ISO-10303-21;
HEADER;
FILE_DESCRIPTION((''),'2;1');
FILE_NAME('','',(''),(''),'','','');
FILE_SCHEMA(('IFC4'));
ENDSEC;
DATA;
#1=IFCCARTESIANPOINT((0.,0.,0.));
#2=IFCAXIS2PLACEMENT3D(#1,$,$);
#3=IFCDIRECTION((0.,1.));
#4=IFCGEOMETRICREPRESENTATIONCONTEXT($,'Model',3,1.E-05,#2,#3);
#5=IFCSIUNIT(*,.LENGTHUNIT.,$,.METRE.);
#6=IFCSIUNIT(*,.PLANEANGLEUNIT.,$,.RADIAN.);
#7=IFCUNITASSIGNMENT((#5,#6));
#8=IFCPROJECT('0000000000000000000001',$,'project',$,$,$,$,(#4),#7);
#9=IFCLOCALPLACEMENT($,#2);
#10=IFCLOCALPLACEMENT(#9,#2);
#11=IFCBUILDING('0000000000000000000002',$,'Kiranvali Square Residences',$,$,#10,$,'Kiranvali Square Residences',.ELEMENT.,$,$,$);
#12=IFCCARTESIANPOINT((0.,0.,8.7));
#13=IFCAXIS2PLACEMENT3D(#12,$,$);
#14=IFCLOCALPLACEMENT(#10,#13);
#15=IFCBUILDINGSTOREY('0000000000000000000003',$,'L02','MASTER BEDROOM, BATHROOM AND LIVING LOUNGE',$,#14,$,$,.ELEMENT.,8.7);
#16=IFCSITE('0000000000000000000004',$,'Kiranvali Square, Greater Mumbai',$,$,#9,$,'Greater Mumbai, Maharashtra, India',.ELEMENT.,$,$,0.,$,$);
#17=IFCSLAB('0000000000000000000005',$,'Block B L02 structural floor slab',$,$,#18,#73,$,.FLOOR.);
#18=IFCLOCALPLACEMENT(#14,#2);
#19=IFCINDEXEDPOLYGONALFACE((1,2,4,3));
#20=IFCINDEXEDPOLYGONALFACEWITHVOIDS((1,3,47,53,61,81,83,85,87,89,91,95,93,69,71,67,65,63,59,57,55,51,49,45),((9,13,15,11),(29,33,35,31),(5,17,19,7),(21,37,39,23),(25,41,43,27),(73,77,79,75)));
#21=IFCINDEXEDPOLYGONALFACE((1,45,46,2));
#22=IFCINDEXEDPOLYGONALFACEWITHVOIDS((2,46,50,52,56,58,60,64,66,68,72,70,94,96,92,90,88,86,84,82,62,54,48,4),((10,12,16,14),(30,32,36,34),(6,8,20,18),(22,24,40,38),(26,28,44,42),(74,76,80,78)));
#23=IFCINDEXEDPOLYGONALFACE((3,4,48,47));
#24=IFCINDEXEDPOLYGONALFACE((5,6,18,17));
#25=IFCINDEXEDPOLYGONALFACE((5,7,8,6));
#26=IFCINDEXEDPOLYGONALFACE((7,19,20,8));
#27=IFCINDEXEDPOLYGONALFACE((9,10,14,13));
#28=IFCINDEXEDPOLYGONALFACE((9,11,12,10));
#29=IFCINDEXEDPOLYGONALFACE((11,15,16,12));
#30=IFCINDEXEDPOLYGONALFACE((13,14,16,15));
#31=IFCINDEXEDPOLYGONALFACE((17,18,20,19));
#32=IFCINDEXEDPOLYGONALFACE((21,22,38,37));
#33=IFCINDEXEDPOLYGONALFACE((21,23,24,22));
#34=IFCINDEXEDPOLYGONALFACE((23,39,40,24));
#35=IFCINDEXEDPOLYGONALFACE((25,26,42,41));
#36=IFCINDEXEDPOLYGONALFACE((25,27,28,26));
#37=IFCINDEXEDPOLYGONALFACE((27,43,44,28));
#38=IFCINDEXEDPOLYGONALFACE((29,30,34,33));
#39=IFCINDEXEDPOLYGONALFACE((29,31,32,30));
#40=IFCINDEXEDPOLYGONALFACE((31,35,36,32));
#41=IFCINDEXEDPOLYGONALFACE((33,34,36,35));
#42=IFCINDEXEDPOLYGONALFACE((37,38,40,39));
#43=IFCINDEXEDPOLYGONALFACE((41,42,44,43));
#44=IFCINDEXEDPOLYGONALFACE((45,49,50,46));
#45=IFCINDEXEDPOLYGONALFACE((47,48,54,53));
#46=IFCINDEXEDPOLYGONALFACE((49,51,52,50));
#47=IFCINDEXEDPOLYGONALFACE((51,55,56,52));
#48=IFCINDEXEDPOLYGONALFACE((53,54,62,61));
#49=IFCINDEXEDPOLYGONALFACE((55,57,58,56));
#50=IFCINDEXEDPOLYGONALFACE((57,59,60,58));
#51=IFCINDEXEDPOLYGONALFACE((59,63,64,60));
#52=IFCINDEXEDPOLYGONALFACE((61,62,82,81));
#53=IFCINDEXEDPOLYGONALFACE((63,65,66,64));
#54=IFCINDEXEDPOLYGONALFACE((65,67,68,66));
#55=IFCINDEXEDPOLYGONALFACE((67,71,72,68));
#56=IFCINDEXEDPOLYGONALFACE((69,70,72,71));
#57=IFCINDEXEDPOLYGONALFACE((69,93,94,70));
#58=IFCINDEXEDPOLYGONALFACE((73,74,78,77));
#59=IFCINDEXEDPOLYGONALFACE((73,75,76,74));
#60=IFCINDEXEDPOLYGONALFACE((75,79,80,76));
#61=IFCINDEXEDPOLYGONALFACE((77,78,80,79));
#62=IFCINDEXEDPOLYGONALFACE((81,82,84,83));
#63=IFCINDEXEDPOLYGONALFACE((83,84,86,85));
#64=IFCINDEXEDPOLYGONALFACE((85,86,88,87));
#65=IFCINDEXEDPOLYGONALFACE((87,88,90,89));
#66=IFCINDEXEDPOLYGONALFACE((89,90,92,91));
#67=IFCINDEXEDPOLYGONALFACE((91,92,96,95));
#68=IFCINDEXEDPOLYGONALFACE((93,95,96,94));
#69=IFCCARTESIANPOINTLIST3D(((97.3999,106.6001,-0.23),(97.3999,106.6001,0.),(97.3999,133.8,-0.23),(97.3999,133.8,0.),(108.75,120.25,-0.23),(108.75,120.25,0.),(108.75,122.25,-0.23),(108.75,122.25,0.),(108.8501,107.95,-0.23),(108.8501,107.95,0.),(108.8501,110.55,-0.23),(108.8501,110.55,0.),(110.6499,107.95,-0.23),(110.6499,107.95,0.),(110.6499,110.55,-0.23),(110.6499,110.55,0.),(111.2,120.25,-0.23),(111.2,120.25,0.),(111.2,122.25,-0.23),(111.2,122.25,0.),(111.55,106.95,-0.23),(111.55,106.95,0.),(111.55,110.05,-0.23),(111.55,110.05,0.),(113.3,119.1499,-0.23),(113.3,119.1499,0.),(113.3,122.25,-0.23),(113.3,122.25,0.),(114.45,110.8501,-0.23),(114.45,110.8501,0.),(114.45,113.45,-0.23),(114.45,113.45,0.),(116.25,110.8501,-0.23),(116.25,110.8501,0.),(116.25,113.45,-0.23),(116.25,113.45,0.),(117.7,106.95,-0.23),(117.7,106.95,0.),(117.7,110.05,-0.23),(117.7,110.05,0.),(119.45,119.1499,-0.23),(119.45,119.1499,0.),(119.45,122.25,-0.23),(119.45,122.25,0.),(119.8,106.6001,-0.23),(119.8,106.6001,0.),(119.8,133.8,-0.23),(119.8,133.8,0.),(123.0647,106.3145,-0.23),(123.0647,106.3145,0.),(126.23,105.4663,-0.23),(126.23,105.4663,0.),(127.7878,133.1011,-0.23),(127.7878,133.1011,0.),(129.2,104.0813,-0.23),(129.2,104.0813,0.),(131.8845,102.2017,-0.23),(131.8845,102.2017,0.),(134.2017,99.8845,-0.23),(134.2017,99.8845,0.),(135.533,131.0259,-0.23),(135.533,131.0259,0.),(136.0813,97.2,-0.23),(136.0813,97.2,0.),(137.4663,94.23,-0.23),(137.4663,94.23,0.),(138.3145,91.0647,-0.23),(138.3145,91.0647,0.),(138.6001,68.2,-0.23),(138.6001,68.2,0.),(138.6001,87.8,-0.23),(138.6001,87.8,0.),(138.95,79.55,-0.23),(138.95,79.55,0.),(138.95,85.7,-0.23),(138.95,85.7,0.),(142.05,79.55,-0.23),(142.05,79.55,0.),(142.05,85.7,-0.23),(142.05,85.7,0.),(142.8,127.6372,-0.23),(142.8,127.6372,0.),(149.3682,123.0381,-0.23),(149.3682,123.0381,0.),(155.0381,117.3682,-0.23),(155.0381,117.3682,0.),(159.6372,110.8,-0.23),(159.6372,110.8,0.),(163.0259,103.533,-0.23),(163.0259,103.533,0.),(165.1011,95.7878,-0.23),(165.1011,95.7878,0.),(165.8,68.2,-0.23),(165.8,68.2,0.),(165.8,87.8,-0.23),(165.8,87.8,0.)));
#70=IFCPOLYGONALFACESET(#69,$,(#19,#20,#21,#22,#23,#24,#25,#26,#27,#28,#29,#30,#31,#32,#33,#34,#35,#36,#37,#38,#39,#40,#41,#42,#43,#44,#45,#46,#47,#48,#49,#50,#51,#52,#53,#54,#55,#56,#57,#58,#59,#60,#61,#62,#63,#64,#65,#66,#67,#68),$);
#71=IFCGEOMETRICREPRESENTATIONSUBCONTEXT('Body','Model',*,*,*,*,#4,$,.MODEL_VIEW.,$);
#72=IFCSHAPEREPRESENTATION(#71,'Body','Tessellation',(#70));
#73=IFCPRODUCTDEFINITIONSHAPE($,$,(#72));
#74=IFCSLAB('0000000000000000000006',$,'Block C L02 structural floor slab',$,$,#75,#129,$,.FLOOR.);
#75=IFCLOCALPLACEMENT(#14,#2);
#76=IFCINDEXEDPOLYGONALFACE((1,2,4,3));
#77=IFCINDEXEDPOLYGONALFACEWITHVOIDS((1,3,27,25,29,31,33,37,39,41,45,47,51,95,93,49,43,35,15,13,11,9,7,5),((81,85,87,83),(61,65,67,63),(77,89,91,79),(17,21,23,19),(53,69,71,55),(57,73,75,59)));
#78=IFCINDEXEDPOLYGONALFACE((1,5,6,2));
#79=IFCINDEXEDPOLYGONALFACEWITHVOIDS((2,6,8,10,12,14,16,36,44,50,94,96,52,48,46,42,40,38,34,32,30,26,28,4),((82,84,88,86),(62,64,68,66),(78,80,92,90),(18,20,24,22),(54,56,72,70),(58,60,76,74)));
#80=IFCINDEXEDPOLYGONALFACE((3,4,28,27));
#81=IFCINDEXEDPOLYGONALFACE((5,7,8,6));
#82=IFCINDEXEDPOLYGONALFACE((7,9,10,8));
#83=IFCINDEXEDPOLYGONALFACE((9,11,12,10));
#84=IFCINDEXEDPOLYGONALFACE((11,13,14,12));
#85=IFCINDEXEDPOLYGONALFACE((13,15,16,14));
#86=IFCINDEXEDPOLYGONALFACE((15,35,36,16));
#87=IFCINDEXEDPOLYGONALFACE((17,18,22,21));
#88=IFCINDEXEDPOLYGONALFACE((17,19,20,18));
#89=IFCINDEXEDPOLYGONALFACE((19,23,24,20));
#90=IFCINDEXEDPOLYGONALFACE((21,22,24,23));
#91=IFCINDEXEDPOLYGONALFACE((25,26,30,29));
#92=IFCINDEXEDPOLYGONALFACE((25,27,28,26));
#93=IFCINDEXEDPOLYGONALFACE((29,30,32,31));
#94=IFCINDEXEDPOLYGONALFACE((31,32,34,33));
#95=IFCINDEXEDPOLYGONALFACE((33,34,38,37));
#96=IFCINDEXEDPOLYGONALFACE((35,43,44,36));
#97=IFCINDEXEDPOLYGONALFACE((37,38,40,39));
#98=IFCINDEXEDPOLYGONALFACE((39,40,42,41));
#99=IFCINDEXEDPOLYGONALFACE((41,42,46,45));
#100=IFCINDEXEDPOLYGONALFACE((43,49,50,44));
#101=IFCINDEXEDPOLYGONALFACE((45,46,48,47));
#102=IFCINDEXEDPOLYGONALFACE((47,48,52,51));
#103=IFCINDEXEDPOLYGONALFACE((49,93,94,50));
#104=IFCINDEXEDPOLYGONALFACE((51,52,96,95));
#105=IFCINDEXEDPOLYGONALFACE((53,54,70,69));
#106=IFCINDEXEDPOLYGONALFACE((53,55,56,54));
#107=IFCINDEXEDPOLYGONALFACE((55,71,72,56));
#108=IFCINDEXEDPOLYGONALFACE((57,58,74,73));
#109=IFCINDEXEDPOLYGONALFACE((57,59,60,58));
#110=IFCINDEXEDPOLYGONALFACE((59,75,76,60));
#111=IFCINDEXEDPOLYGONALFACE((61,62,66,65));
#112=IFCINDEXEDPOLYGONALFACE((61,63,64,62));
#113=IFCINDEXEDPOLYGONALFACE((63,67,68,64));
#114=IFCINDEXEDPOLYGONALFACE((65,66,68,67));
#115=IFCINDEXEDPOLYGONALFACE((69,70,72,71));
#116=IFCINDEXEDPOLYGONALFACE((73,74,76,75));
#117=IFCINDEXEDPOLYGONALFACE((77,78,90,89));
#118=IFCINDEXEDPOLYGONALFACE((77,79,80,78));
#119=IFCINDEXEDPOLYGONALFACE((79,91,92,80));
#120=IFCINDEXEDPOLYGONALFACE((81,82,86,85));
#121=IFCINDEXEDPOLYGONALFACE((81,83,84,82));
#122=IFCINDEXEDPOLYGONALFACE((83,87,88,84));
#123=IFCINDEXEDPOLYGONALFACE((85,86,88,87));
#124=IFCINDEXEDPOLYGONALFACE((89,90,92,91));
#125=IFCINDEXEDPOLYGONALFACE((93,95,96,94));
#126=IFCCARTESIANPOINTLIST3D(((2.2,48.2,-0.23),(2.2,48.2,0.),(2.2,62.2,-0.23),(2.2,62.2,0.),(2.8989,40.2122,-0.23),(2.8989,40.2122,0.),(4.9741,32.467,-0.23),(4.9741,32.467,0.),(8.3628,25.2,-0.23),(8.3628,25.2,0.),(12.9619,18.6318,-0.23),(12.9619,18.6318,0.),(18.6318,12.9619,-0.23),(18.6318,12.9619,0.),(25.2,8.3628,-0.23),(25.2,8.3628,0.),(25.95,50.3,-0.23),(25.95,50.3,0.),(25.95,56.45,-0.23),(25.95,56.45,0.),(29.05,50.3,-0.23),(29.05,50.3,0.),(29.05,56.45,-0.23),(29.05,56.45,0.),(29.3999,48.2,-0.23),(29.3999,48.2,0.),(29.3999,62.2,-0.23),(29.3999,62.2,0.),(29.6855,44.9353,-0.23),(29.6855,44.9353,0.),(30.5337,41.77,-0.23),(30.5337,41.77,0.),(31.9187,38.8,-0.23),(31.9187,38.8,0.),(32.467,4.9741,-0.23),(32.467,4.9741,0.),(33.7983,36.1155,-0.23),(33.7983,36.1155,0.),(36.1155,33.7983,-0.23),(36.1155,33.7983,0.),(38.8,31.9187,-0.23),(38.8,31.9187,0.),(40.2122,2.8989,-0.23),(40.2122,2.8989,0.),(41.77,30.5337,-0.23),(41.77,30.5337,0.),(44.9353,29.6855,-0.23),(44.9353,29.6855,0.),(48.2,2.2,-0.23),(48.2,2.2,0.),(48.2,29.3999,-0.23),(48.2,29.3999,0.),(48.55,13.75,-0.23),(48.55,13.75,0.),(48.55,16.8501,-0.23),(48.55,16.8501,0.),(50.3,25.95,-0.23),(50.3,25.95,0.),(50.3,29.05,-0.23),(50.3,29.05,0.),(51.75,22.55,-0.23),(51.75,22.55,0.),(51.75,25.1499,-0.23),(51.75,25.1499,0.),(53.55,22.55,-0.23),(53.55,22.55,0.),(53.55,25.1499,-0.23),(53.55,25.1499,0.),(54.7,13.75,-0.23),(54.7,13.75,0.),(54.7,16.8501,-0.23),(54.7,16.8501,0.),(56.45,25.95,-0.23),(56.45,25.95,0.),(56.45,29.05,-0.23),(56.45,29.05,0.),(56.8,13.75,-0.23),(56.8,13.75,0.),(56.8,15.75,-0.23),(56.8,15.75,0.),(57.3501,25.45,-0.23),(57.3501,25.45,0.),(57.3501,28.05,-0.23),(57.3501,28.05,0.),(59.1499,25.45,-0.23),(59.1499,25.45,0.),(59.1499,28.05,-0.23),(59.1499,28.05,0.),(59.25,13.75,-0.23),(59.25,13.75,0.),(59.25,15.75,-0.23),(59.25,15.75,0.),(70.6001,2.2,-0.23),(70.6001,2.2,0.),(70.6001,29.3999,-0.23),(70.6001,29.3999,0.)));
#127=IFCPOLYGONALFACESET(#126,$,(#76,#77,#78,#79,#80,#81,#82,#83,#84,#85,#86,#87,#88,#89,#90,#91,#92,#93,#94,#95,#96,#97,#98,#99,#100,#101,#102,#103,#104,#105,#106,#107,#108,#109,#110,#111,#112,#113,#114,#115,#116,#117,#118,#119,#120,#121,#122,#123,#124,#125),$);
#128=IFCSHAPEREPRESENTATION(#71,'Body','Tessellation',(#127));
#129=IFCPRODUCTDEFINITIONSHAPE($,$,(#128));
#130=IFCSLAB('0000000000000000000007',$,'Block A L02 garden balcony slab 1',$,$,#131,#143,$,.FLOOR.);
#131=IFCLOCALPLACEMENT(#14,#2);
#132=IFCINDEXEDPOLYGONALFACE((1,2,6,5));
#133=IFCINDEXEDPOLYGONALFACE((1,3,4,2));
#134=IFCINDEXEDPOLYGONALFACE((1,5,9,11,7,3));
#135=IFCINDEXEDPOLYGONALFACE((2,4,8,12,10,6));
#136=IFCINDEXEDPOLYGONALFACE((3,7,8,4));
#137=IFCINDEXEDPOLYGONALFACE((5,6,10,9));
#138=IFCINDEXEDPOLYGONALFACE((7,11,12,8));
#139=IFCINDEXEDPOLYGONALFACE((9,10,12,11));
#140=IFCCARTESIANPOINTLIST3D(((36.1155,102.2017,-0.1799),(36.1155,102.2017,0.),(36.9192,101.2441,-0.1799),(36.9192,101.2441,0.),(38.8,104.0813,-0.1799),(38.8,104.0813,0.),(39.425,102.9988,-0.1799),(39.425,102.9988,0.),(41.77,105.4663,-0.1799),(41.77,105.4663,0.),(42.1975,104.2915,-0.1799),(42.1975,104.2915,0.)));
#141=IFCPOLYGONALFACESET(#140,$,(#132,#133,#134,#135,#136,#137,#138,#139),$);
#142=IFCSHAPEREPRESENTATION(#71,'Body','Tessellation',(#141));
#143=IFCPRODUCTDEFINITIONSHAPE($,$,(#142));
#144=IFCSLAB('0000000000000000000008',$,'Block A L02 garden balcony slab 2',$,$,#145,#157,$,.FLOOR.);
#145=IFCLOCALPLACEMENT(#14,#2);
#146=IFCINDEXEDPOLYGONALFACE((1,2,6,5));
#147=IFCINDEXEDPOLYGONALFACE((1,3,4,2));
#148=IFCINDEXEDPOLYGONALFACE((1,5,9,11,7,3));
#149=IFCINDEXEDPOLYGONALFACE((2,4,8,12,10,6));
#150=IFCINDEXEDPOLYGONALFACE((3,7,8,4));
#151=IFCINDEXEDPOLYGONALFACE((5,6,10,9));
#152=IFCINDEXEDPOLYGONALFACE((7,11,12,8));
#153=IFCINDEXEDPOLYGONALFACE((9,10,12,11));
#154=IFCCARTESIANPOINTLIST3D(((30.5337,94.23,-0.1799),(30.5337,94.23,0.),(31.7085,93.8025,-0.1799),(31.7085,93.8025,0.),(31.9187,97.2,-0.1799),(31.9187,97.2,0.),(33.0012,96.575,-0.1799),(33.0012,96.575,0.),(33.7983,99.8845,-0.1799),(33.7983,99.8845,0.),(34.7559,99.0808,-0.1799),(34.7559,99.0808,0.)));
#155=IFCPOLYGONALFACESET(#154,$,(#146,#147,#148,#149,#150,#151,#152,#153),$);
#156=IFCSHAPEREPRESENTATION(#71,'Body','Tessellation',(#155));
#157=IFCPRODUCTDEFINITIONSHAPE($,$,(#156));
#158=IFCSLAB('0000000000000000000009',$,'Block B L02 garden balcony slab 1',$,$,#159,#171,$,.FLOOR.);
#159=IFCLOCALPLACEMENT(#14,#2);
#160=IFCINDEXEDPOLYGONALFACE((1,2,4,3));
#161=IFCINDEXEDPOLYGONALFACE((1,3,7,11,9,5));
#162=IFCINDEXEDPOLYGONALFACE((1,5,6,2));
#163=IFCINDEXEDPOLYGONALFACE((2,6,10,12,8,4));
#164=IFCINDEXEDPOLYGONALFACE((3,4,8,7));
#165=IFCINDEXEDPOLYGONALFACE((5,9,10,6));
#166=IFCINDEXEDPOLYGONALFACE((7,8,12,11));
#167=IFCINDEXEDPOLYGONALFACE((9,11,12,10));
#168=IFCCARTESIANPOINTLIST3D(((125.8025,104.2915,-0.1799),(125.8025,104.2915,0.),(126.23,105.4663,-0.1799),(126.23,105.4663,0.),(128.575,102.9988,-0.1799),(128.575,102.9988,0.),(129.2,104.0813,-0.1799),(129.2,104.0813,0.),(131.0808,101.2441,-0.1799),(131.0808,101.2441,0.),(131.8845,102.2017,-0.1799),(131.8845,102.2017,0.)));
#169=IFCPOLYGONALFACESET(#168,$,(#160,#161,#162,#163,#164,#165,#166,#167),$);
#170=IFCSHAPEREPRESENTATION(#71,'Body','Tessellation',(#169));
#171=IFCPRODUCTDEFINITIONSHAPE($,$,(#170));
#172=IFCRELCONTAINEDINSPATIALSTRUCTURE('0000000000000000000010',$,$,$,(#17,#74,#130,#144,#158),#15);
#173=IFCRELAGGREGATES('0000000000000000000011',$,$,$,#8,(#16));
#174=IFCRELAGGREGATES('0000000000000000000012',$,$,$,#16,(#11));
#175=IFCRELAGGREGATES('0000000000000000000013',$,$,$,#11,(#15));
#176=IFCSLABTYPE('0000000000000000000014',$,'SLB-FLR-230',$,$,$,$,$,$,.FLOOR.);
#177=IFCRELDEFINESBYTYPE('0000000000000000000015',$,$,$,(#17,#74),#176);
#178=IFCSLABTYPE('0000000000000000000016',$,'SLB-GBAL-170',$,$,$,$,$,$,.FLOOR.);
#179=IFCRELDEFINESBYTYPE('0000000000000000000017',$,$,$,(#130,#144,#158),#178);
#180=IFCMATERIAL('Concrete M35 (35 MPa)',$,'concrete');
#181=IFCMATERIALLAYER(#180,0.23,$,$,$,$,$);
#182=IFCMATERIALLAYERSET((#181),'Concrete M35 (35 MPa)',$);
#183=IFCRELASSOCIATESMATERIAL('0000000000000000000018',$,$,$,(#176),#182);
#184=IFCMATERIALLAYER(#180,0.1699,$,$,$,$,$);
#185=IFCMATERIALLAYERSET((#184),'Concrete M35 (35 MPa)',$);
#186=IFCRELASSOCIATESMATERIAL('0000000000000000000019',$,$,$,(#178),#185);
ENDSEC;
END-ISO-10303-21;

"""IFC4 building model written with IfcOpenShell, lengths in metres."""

from ifc_helpers import new_model, si_unit, direction, frame, origin, place, context, subcontext, project, spatial, polyline, outline, extrude, material, layer, layer_set, type_object, element, save


model = new_model("IFC4")

# Units and contexts
model_context = context("Model", 3, precision=1e-05, world=origin(), true_north=direction((0.0, 1.0)))
body_context = subcontext(model_context, "Body", "Model", "MODEL_VIEW")
ifc_project = project(units=[si_unit("LENGTHUNIT", "METRE"), si_unit("PLANEANGLEUNIT", "RADIAN")], contexts=[model_context])

# Site, building, storey
site_placement = place(None, origin())
site = spatial("IfcSite", under=ifc_project, at=site_placement, Name="Kiranvali Square, Greater Mumbai", LongName="Greater Mumbai, Maharashtra, India", CompositionType="ELEMENT", RefElevation=0.0)
building_placement = place(site_placement, origin())
building = spatial("IfcBuilding", under=site, at=building_placement, Name="Kiranvali Square Residences", LongName="Kiranvali Square Residences", CompositionType="ELEMENT")
storey_placement = place(building_placement, frame((0.0, 0.0, 8.7)))
storey = spatial("IfcBuildingStorey", under=building, at=storey_placement, Name="L02", Description="MASTER BEDROOM, BATHROOM AND LIVING LOUNGE", CompositionType="ELEMENT", Elevation=8.7)

# Slabs
ifc_material_1 = material(Name="Concrete M35 (35 MPa)", Category="concrete")
ifc_layer_1 = layer(ifc_material_1, 0.23)
ifc_layer_set_1 = layer_set([ifc_layer_1], Name="Concrete M35 (35 MPa)")
slab_type_1 = type_object("IfcSlabType", Name="SLB-FLR-230", PredefinedType="FLOOR", material=ifc_layer_set_1)
slab_1_placement = place(storey_placement, frame((0.0, 0.0, -0.23)))
element("IfcSlab", 1, at=slab_1_placement, inside=storey, type_object=slab_type_1, Name="Block B L02 structural floor slab", PredefinedType="FLOOR", context=body_context, shape_type="SweptSolid", body=[
    extrude(outline(polyline([(119.8, 106.6001), (123.0647, 106.3145), (126.23, 105.4663), (129.2, 104.0813), (131.8845, 102.2017), (134.2017, 99.8845), (136.0813, 97.2), (137.4663, 94.23), (138.3145, 91.0647), (138.6001, 87.8), (138.6001, 68.2), (165.8, 68.2), (165.8, 87.8), (165.1011, 95.7878), (163.0259, 103.533), (159.6372, 110.8), (155.0381, 117.3682), (149.3682, 123.0381), (142.8, 127.6372), (135.533, 131.0259), (127.7878, 133.1011), (119.8, 133.8), (97.3999, 133.8), (97.3999, 106.6001), (119.8, 106.6001)]), holes=[polyline([(108.75, 120.25), (111.2, 120.25), (111.2, 122.25), (108.75, 122.25), (108.75, 120.25)]), polyline([(108.8501, 107.95), (110.6499, 107.95), (110.6499, 110.55), (108.8501, 110.55), (108.8501, 107.95)]), polyline([(114.45, 110.8501), (116.25, 110.8501), (116.25, 113.45), (114.45, 113.45), (114.45, 110.8501)]), polyline([(113.3, 119.1499), (119.45, 119.1499), (119.45, 122.25), (113.3, 122.25), (113.3, 119.1499)]), polyline([(117.7, 110.05), (111.55, 110.05), (111.55, 106.95), (117.7, 106.95), (117.7, 110.05)]), polyline([(138.95, 85.7), (138.95, 79.55), (142.05, 79.55), (142.05, 85.7), (138.95, 85.7)])]), origin(), (0.0, 0.0, 1.0), 0.23),
])
slab_2_placement = place(storey_placement, frame((0.0, 0.0, -0.23)))
element("IfcSlab", 2, at=slab_2_placement, inside=storey, type_object=slab_type_1, Name="Block C L02 structural floor slab", PredefinedType="FLOOR", context=body_context, shape_type="SweptSolid", body=[
    extrude(outline(polyline([(48.2, 29.3999), (44.9353, 29.6855), (41.77, 30.5337), (38.8, 31.9187), (36.1155, 33.7983), (33.7983, 36.1155), (31.9187, 38.8), (30.5337, 41.77), (29.6855, 44.9353), (29.3999, 48.2), (29.3999, 62.2), (2.2, 62.2), (2.2, 48.2), (2.8989, 40.2122), (4.9741, 32.467), (8.3628, 25.2), (12.9619, 18.6318), (18.6318, 12.9619), (25.2, 8.3628), (32.467, 4.9741), (40.2122, 2.8989), (48.2, 2.2), (70.6001, 2.2), (70.6001, 29.3999), (48.2, 29.3999)]), holes=[polyline([(56.8, 13.75), (59.25, 13.75), (59.25, 15.75), (56.8, 15.75), (56.8, 13.75)]), polyline([(57.3501, 25.45), (59.1499, 25.45), (59.1499, 28.05), (57.3501, 28.05), (57.3501, 25.45)]), polyline([(51.75, 22.55), (53.55, 22.55), (53.55, 25.1499), (51.75, 25.1499), (51.75, 22.55)]), polyline([(54.7, 16.8501), (48.55, 16.8501), (48.55, 13.75), (54.7, 13.75), (54.7, 16.8501)]), polyline([(50.3, 25.95), (56.45, 25.95), (56.45, 29.05), (50.3, 29.05), (50.3, 25.95)]), polyline([(29.05, 50.3), (29.05, 56.45), (25.95, 56.45), (25.95, 50.3), (29.05, 50.3)])]), origin(), (0.0, 0.0, 1.0), 0.23),
])
ifc_layer_2 = layer(ifc_material_1, 0.1699)
ifc_layer_set_2 = layer_set([ifc_layer_2], Name="Concrete M35 (35 MPa)")
slab_type_2 = type_object("IfcSlabType", Name="SLB-GBAL-170", PredefinedType="FLOOR", material=ifc_layer_set_2)
slab_3_placement = place(storey_placement, frame((0.0, 0.0, -0.1799)))
element("IfcSlab", 3, at=slab_3_placement, inside=storey, type_object=slab_type_2, Name="Block A L02 garden balcony slab 1", PredefinedType="FLOOR", context=body_context, shape_type="SweptSolid", body=[
    extrude(outline(polyline([(41.77, 105.4663), (38.8, 104.0813), (36.1155, 102.2017), (36.9192, 101.2441), (39.425, 102.9988), (42.1975, 104.2915), (41.77, 105.4663)])), origin(), (0.0, 0.0, 1.0), 0.1799),
])
slab_4_placement = place(storey_placement, frame((0.0, 0.0, -0.1799)))
element("IfcSlab", 4, at=slab_4_placement, inside=storey, type_object=slab_type_2, Name="Block A L02 garden balcony slab 2", PredefinedType="FLOOR", context=body_context, shape_type="SweptSolid", body=[
    extrude(outline(polyline([(33.7983, 99.8845), (31.9187, 97.2), (30.5337, 94.23), (31.7085, 93.8025), (33.0012, 96.575), (34.7559, 99.0808), (33.7983, 99.8845)])), origin(), (0.0, 0.0, 1.0), 0.1799),
])
slab_5_placement = place(storey_placement, frame((0.0, 0.0, -0.1799)))
element("IfcSlab", 5, at=slab_5_placement, inside=storey, type_object=slab_type_2, Name="Block B L02 garden balcony slab 1", PredefinedType="FLOOR", context=body_context, shape_type="SweptSolid", body=[
    extrude(outline(polyline([(125.8025, 104.2915), (128.575, 102.9988), (131.0808, 101.2441), (131.8845, 102.2017), (129.2, 104.0813), (126.23, 105.4663), (125.8025, 104.2915)])), origin(), (0.0, 0.0, 1.0), 0.1799),
])

save(model, "model.ifc")
